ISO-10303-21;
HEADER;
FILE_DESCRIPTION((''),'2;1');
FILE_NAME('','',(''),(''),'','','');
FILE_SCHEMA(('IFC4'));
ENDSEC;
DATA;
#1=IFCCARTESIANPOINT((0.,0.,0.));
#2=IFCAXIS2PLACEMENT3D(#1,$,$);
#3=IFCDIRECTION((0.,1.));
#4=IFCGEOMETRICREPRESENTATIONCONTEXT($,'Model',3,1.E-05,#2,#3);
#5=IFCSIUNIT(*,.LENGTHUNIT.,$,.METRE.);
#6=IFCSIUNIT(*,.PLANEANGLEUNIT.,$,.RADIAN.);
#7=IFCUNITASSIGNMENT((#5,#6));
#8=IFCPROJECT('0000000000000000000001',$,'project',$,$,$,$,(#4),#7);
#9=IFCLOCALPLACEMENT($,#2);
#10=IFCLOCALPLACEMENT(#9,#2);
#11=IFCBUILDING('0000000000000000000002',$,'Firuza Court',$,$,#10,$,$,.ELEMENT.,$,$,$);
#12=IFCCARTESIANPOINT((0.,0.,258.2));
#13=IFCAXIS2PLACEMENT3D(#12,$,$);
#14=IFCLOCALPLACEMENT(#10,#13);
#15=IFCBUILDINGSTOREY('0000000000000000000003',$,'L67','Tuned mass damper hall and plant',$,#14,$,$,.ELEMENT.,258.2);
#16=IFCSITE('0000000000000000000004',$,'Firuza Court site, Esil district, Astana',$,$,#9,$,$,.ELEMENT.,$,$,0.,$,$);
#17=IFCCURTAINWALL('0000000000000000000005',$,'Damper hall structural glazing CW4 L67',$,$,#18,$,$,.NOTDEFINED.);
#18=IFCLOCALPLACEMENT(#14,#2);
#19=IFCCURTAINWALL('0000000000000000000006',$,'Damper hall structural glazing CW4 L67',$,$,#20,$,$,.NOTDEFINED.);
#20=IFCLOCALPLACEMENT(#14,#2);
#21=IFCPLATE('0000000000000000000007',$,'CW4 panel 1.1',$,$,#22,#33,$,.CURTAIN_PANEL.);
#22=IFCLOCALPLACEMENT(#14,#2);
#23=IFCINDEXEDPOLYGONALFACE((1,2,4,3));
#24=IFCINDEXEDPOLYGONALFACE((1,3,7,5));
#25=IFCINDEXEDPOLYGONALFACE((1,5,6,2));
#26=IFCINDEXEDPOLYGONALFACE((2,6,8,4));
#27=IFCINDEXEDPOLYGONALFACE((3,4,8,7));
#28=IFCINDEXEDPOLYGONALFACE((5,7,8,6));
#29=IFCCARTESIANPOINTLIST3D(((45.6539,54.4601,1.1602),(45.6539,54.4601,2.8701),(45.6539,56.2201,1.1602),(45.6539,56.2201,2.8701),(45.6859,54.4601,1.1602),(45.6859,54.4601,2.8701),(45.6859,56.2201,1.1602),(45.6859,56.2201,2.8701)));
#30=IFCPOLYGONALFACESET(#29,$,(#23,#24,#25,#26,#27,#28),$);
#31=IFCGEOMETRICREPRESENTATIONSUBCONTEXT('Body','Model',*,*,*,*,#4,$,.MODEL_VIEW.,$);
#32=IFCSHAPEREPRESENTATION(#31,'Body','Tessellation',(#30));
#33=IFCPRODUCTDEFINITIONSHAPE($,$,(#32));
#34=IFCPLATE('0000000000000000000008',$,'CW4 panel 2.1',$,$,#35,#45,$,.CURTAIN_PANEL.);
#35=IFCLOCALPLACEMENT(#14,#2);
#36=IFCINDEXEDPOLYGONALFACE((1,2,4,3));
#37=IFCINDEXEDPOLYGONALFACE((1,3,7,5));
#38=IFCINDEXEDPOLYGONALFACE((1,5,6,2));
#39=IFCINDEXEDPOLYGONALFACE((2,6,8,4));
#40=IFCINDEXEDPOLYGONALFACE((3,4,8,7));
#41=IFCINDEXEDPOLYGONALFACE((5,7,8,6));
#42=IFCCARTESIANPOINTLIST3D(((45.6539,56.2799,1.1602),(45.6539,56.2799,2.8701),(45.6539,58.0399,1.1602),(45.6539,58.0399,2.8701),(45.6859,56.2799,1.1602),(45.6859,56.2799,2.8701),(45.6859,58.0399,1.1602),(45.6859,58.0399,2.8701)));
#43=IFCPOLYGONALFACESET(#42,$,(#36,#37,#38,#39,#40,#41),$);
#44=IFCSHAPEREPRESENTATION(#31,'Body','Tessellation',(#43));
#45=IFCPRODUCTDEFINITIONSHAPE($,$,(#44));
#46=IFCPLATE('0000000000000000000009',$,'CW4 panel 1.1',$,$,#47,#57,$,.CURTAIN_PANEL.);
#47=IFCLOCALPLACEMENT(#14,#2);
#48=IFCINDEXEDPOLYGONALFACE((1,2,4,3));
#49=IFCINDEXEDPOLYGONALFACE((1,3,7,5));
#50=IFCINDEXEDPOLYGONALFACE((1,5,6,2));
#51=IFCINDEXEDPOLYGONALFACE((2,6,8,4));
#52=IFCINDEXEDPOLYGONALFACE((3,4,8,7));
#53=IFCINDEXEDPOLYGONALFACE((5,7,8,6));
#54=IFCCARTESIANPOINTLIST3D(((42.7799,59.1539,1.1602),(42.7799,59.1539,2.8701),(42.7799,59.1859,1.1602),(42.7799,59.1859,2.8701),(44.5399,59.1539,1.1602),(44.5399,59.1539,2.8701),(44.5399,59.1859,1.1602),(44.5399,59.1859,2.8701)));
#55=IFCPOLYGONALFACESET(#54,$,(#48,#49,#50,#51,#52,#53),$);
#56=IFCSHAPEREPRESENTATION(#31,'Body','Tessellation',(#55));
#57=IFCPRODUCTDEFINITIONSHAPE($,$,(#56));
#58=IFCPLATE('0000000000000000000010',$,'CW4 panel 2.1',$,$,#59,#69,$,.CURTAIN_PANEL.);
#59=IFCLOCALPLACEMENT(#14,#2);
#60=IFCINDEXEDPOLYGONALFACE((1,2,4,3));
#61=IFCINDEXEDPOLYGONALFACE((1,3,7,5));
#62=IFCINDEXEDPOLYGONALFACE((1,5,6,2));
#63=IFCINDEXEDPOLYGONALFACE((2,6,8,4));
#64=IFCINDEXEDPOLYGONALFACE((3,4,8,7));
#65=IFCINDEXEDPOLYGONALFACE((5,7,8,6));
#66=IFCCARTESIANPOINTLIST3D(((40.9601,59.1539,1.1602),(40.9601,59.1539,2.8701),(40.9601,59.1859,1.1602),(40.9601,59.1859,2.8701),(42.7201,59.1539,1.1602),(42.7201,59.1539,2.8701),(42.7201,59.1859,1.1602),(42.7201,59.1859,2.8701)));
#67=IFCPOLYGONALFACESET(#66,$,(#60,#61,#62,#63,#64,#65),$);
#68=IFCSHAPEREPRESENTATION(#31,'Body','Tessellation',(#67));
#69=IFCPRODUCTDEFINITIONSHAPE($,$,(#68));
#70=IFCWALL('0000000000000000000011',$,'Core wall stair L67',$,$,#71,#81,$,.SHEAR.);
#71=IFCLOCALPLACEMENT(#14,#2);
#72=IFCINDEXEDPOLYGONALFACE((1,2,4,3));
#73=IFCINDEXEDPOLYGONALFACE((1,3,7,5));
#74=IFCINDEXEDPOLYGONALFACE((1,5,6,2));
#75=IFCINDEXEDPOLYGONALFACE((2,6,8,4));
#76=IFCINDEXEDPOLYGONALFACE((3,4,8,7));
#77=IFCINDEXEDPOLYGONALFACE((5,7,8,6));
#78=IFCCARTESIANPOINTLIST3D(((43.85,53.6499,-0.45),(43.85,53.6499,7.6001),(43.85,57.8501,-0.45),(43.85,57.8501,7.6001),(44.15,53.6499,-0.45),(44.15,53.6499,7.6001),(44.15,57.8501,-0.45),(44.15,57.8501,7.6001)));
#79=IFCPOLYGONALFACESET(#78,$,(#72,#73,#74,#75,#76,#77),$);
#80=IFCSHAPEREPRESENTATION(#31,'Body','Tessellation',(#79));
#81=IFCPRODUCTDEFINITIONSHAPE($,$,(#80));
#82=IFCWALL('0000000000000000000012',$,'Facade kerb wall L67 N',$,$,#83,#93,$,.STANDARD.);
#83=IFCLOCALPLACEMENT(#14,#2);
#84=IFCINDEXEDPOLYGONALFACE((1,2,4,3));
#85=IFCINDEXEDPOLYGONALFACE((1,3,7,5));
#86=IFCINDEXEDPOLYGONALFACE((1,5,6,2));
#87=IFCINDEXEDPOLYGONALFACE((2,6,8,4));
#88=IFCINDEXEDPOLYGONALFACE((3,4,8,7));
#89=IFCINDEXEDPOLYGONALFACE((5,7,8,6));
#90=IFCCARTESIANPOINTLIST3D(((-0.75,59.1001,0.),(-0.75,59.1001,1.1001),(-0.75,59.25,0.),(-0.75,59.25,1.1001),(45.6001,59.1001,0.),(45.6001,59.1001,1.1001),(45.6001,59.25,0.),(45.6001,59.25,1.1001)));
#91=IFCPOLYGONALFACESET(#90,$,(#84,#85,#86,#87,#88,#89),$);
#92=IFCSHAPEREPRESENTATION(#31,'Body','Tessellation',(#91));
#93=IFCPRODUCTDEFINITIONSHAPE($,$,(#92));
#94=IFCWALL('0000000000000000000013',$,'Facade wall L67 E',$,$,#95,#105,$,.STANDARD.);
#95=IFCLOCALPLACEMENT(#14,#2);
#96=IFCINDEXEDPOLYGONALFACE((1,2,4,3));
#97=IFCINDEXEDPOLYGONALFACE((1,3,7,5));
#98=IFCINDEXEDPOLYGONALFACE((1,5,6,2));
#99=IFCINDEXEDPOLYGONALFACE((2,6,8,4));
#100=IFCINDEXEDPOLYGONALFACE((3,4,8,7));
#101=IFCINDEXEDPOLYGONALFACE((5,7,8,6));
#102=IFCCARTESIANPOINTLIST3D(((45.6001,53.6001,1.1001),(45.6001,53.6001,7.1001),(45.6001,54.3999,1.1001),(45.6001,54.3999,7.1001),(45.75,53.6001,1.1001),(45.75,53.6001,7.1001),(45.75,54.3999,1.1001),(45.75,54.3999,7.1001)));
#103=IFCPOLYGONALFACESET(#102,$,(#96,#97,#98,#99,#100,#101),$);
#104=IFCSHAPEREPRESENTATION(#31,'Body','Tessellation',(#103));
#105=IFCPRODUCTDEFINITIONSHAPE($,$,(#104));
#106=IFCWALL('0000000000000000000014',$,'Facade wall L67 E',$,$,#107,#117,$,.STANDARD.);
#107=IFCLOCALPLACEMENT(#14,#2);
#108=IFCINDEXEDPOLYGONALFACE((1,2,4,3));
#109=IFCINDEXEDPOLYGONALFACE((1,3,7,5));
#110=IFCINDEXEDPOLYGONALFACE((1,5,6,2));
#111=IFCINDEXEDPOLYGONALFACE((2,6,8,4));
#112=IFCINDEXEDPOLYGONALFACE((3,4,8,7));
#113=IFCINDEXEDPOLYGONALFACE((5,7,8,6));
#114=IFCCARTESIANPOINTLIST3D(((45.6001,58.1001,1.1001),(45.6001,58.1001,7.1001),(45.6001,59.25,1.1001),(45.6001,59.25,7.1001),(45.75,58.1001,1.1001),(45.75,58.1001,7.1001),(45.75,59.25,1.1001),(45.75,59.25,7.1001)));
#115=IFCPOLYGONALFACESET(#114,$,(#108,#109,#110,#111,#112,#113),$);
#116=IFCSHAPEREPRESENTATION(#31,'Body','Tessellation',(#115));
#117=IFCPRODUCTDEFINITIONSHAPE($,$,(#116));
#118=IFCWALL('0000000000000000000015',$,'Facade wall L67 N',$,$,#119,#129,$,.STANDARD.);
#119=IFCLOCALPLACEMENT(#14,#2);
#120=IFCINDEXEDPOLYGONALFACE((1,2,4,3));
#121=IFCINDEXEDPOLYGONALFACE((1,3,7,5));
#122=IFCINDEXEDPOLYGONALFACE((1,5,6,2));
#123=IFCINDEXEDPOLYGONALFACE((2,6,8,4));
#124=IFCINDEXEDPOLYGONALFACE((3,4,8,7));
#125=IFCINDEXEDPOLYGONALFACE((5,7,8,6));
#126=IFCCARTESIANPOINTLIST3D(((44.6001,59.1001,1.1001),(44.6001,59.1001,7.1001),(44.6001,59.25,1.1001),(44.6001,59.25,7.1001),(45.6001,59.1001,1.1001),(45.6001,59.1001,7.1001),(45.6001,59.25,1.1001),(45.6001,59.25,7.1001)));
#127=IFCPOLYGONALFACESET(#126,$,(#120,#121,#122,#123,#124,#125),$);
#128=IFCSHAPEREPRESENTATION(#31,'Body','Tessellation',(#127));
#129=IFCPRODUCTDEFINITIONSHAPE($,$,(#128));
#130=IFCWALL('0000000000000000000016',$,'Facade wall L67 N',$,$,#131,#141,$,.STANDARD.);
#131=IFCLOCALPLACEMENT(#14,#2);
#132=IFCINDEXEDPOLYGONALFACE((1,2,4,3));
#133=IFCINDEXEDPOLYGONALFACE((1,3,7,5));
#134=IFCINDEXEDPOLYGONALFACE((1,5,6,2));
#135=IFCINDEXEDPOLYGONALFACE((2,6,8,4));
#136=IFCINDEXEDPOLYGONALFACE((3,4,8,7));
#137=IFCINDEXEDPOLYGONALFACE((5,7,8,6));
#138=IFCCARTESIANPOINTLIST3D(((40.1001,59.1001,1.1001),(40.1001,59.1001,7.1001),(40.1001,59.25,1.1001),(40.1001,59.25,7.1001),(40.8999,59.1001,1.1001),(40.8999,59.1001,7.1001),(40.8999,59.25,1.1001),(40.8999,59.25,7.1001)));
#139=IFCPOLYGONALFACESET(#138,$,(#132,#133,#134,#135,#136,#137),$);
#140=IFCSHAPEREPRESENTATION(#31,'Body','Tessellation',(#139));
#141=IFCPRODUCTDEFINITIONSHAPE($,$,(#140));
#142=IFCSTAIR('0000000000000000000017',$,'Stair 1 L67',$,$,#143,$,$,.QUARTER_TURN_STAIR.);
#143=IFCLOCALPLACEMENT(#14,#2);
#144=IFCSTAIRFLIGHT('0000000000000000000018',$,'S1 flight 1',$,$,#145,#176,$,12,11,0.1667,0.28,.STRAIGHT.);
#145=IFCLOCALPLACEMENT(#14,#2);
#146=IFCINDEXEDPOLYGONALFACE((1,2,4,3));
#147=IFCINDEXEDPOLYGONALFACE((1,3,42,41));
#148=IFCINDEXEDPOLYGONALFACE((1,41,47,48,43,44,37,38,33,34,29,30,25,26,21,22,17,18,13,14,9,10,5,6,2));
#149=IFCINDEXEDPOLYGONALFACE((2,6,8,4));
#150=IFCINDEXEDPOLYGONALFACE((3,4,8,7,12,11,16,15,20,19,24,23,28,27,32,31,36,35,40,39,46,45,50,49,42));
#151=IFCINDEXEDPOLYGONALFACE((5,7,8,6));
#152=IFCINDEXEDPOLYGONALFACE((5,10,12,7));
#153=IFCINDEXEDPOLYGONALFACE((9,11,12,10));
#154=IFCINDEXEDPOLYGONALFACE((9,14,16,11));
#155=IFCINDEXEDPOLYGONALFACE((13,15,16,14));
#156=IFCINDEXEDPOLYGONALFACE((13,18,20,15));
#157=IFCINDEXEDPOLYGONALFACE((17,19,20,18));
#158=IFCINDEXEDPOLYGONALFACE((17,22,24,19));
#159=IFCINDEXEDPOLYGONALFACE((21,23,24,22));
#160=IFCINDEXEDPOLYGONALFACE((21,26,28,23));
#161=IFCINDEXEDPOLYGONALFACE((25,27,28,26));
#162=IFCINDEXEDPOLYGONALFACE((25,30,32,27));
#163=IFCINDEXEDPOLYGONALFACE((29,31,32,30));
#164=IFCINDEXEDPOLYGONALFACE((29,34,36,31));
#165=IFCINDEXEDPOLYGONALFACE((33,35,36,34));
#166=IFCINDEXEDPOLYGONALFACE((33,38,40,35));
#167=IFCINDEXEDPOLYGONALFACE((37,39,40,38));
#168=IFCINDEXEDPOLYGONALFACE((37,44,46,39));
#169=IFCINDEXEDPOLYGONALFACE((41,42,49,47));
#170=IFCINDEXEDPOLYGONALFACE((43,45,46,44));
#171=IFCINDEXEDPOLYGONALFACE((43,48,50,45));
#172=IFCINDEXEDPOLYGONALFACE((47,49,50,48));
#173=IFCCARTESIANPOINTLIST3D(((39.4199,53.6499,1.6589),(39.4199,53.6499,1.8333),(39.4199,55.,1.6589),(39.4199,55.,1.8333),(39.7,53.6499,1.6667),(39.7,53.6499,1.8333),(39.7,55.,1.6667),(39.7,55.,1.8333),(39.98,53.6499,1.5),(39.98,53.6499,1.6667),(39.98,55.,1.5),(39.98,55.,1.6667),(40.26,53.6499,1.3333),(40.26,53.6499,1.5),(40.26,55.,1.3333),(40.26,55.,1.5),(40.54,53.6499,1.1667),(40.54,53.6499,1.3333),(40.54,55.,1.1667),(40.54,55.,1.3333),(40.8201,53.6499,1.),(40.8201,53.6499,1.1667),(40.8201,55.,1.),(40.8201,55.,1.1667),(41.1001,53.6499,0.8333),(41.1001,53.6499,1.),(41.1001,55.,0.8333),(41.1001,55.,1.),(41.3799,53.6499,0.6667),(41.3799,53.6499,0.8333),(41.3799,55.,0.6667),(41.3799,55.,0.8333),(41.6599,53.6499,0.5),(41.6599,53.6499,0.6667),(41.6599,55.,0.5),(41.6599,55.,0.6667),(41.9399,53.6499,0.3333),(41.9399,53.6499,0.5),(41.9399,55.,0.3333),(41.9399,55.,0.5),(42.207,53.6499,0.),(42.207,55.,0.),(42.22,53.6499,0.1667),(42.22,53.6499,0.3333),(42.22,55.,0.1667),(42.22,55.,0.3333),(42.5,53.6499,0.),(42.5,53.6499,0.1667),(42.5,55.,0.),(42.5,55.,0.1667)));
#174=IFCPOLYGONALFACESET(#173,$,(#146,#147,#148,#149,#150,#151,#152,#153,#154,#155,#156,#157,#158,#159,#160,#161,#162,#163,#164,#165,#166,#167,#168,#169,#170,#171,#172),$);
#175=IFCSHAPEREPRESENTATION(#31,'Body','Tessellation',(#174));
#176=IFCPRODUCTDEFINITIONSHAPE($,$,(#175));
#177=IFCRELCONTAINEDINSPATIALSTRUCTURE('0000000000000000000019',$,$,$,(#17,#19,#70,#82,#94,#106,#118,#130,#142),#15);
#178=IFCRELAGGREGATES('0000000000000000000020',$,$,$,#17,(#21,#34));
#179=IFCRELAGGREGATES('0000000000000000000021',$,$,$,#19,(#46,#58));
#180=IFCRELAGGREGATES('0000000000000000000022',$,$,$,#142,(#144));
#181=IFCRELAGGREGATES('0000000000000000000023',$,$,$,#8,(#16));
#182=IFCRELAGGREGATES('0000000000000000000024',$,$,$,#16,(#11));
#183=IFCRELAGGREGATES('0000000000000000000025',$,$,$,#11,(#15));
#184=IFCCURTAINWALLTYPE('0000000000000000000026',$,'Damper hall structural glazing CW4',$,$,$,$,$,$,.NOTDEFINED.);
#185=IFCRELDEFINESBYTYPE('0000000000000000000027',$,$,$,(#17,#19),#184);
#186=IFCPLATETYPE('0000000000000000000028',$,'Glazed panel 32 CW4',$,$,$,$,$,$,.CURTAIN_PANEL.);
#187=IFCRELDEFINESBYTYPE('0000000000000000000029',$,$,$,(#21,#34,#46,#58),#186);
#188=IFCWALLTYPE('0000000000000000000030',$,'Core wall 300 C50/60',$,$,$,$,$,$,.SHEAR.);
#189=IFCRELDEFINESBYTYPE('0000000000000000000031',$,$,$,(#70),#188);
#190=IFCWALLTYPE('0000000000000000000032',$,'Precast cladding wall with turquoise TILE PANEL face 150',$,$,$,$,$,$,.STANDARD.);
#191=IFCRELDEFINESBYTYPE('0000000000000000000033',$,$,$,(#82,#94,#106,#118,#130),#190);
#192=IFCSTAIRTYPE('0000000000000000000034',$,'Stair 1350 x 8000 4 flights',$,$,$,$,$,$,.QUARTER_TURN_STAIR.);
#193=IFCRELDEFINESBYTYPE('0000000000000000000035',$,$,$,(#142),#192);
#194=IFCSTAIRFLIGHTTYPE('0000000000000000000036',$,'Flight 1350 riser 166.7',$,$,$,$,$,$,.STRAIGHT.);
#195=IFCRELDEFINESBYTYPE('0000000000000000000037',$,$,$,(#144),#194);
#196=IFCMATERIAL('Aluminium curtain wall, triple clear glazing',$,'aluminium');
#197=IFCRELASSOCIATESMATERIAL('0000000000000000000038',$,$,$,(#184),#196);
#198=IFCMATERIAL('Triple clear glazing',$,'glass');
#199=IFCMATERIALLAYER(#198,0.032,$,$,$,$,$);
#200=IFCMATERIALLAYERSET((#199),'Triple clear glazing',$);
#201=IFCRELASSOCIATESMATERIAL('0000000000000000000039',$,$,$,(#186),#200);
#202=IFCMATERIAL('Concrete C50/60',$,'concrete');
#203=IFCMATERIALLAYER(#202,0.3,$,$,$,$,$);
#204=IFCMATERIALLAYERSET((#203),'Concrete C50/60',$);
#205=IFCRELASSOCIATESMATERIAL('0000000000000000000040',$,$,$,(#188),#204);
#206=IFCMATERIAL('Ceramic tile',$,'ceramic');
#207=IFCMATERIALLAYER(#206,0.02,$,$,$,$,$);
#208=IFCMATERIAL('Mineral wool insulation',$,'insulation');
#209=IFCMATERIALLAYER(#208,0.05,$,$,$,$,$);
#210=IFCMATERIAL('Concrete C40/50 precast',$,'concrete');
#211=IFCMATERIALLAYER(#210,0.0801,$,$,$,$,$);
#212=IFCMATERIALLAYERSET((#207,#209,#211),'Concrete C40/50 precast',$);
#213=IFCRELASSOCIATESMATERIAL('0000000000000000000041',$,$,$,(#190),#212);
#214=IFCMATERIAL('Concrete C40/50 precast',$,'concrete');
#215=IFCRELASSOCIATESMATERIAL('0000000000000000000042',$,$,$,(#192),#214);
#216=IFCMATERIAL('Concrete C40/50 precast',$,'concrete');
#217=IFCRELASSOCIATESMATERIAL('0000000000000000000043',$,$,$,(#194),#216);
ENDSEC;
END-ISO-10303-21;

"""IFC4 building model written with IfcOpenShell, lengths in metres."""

from ifc_helpers import new_model, si_unit, direction, frame, frame_2d, origin, origin_2d, place, context, subcontext, project, spatial, polyline, rectangle, outline, extrude, material, layer, layer_set, type_object, element, aggregate, save


model = new_model("IFC4")

# Units and contexts
model_context = context("Model", 3, precision=1e-05, world=origin(), true_north=direction((0.0, 1.0)))
body_context = subcontext(model_context, "Body", "Model", "MODEL_VIEW")
ifc_project = project(units=[si_unit("LENGTHUNIT", "METRE"), si_unit("PLANEANGLEUNIT", "RADIAN")], contexts=[model_context])

# Site, building, storey
site_placement = place(None, origin())
site = spatial("IfcSite", under=ifc_project, at=site_placement, Name="Firuza Court site, Esil district, Astana", CompositionType="ELEMENT", RefElevation=0.0)
building_placement = place(site_placement, origin())
building = spatial("IfcBuilding", under=site, at=building_placement, Name="Firuza Court", CompositionType="ELEMENT")
storey_placement = place(building_placement, frame((0.0, 0.0, 258.2)))
storey = spatial("IfcBuildingStorey", under=building, at=storey_placement, Name="L67", Description="Tuned mass damper hall and plant", CompositionType="ELEMENT", Elevation=258.2)

# Shared definitions
ifc_material_1 = material(Name="Aluminium curtain wall, triple clear glazing", Category="aluminium")
curtain_wall_type = type_object("IfcCurtainWallType", Name="Damper hall structural glazing CW4", PredefinedType="NOTDEFINED", material=ifc_material_1)

# Curtain walls
curtain_wall_1_placement = place(storey_placement, origin())
curtain_wall_1 = element("IfcCurtainWall", 1, at=curtain_wall_1_placement, inside=storey, type_object=curtain_wall_type, Name="Damper hall structural glazing CW4 L67", PredefinedType="NOTDEFINED")
curtain_wall_2_placement = place(storey_placement, origin())
curtain_wall_2 = element("IfcCurtainWall", 2, at=curtain_wall_2_placement, inside=storey, type_object=curtain_wall_type, Name="Damper hall structural glazing CW4 L67", PredefinedType="NOTDEFINED")

# Plates
ifc_material_2 = material(Name="Triple clear glazing", Category="glass")
ifc_layer_1 = layer(ifc_material_2, 0.032)
ifc_layer_set_1 = layer_set([ifc_layer_1], Name="Triple clear glazing")
plate_type = type_object("IfcPlateType", Name="Glazed panel 32 CW4", PredefinedType="CURTAIN_PANEL", material=ifc_layer_set_1)
plate_1_placement = place(storey_placement, frame((45.6699, 55.3401, 1.1602), z_axis=(0.0, 0.0, 1.0), x_axis=(0.0, 1.0, 0.0)))
plate_1 = element("IfcPlate", 3, at=plate_1_placement, type_object=plate_type, Name="CW4 panel 1.1", PredefinedType="CURTAIN_PANEL", context=body_context, shape_type="SweptSolid", body=[
    extrude(rectangle(XDim=1.76, YDim=0.032, at=origin_2d()), origin(), (0.0, 0.0, 1.0), 1.71),
])
plate_2_placement = place(storey_placement, frame((45.6699, 57.1599, 1.1602), z_axis=(0.0, 0.0, 1.0), x_axis=(0.0, 1.0, 0.0)))
plate_2 = element("IfcPlate", 4, at=plate_2_placement, type_object=plate_type, Name="CW4 panel 2.1", PredefinedType="CURTAIN_PANEL", context=body_context, shape_type="SweptSolid", body=[
    extrude(rectangle(XDim=1.76, YDim=0.032, at=origin_2d()), origin(), (0.0, 0.0, 1.0), 1.71),
])
aggregate(curtain_wall_1, [plate_1, plate_2])
plate_3_placement = place(storey_placement, frame((43.6599, 59.1699, 1.1602), z_axis=(0.0, 0.0, 1.0), x_axis=(-1.0, 0.0, 0.0)))
plate_3 = element("IfcPlate", 5, at=plate_3_placement, type_object=plate_type, Name="CW4 panel 1.1", PredefinedType="CURTAIN_PANEL", context=body_context, shape_type="SweptSolid", body=[
    extrude(rectangle(XDim=1.76, YDim=0.032, at=origin_2d()), origin(), (0.0, 0.0, 1.0), 1.71),
])
plate_4_placement = place(storey_placement, frame((41.8401, 59.1699, 1.1602), z_axis=(0.0, 0.0, 1.0), x_axis=(-1.0, 0.0, 0.0)))
plate_4 = element("IfcPlate", 6, at=plate_4_placement, type_object=plate_type, Name="CW4 panel 2.1", PredefinedType="CURTAIN_PANEL", context=body_context, shape_type="SweptSolid", body=[
    extrude(rectangle(XDim=1.76, YDim=0.032, at=origin_2d()), origin(), (0.0, 0.0, 1.0), 1.71),
])
aggregate(curtain_wall_2, [plate_3, plate_4])

# Walls
ifc_material_3 = material(Name="Concrete C50/60", Category="concrete")
ifc_layer_2 = layer(ifc_material_3, 0.3)
ifc_layer_set_2 = layer_set([ifc_layer_2], Name="Concrete C50/60")
wall_type_1 = type_object("IfcWallType", Name="Core wall 300 C50/60", PredefinedType="SHEAR", material=ifc_layer_set_2)
wall_1_placement = place(storey_placement, frame((44.0, 53.6499, -0.45), z_axis=(0.0, 0.0, 1.0), x_axis=(0.0, 1.0, 0.0)))
element("IfcWall", 7, at=wall_1_placement, inside=storey, type_object=wall_type_1, Name="Core wall stair L67", PredefinedType="SHEAR", context=body_context, shape_type="SweptSolid", body=[
    extrude(rectangle(XDim=4.2002, YDim=0.3, at=frame_2d((2.1001, 0.0))), origin(), (0.0, 0.0, 1.0), 8.05),
])
ifc_material_4 = material(Name="Ceramic tile", Category="ceramic")
ifc_layer_3 = layer(ifc_material_4, 0.02)
ifc_material_5 = material(Name="Mineral wool insulation", Category="insulation")
ifc_layer_4 = layer(ifc_material_5, 0.05)
ifc_material_6 = material(Name="Concrete C40/50 precast", Category="concrete")
ifc_layer_5 = layer(ifc_material_6, 0.0801)
ifc_layer_set_3 = layer_set([ifc_layer_3, ifc_layer_4, ifc_layer_5], Name="Concrete C40/50 precast")
wall_type_2 = type_object("IfcWallType", Name="Precast cladding wall with turquoise TILE PANEL face 150", PredefinedType="STANDARD", material=ifc_layer_set_3)
wall_2_placement = place(storey_placement, frame((45.6001, 59.175, 0.0), z_axis=(0.0, 0.0, 1.0), x_axis=(-1.0, 0.0, 0.0)))
element("IfcWall", 8, at=wall_2_placement, inside=storey, type_object=wall_type_2, Name="Facade kerb wall L67 N", PredefinedType="STANDARD", context=body_context, shape_type="SweptSolid", body=[
    extrude(rectangle(XDim=46.3501, YDim=0.1499, at=frame_2d((23.175, 0.0))), origin(), (0.0, 0.0, 1.0), 1.1001),
])
wall_3_placement = place(storey_placement, frame((45.675, 53.6001, 1.1001), z_axis=(0.0, 0.0, 1.0), x_axis=(0.0, 1.0, 0.0)))
element("IfcWall", 9, at=wall_3_placement, inside=storey, type_object=wall_type_2, Name="Facade wall L67 E", PredefinedType="STANDARD", context=body_context, shape_type="SweptSolid", body=[
    extrude(rectangle(XDim=0.7998, YDim=0.1499, at=frame_2d((0.3999, 0.0))), origin(), (0.0, 0.0, 1.0), 6.0),
])
wall_4_placement = place(storey_placement, frame((45.675, 58.1001, 1.1001), z_axis=(0.0, 0.0, 1.0), x_axis=(0.0, 1.0, 0.0)))
element("IfcWall", 10, at=wall_4_placement, inside=storey, type_object=wall_type_2, Name="Facade wall L67 E", PredefinedType="STANDARD", context=body_context, shape_type="SweptSolid", body=[
    extrude(rectangle(XDim=1.1499, YDim=0.1499, at=frame_2d((0.575, 0.0))), origin(), (0.0, 0.0, 1.0), 6.0),
])
wall_5_placement = place(storey_placement, frame((45.6001, 59.175, 1.1001), z_axis=(0.0, 0.0, 1.0), x_axis=(-1.0, 0.0, 0.0)))
element("IfcWall", 11, at=wall_5_placement, inside=storey, type_object=wall_type_2, Name="Facade wall L67 N", PredefinedType="STANDARD", context=body_context, shape_type="SweptSolid", body=[
    extrude(rectangle(XDim=1.0, YDim=0.1499, at=frame_2d((0.5, 0.0))), origin(), (0.0, 0.0, 1.0), 6.0),
])
wall_6_placement = place(storey_placement, frame((40.8999, 59.175, 1.1001), z_axis=(0.0, 0.0, 1.0), x_axis=(-1.0, 0.0, 0.0)))
element("IfcWall", 12, at=wall_6_placement, inside=storey, type_object=wall_type_2, Name="Facade wall L67 N", PredefinedType="STANDARD", context=body_context, shape_type="SweptSolid", body=[
    extrude(rectangle(XDim=0.7998, YDim=0.1499, at=frame_2d((0.3999, 0.0))), origin(), (0.0, 0.0, 1.0), 6.0),
])

# Stair, stair flight
ifc_material_7 = material(Name="Concrete C40/50 precast", Category="concrete")
stair_type = type_object("IfcStairType", Name="Stair 1350 x 8000 4 flights", PredefinedType="QUARTER_TURN_STAIR", material=ifc_material_7)
stair_placement = place(storey_placement, origin())
stair = element("IfcStair", 13, at=stair_placement, inside=storey, type_object=stair_type, Name="Stair 1 L67", PredefinedType="QUARTER_TURN_STAIR")
ifc_material_8 = material(Name="Concrete C40/50 precast", Category="concrete")
stair_flight_type = type_object("IfcStairFlightType", Name="Flight 1350 riser 166.7", PredefinedType="STRAIGHT", material=ifc_material_8)
stair_flight_placement = place(storey_placement, frame((42.5, 54.325, 0.0), z_axis=(0.0, 0.0, 1.0), x_axis=(-1.0, 0.0, 0.0)))
stair_flight = element("IfcStairFlight", 14, at=stair_flight_placement, type_object=stair_flight_type, Name="S1 flight 1", NumberOfRisers=12, NumberOfTreads=11, PredefinedType="STRAIGHT", RiserHeight=0.1667, TreadLength=0.28, context=body_context, shape_type="SweptSolid", body=[
    extrude(outline(polyline([(0.0, 0.0), (0.0, 0.1667), (0.28, 0.1667), (0.28, 0.3333), (0.5601, 0.3333), (0.5601, 0.5), (0.8401, 0.5), (0.8401, 0.6667), (1.1201, 0.6667), (1.1201, 0.8333), (1.3999, 0.8333), (1.3999, 1.0), (1.6799, 1.0), (1.6799, 1.1667), (1.96, 1.1667), (1.96, 1.3333), (2.24, 1.3333), (2.24, 1.5), (2.52, 1.5), (2.52, 1.6667), (2.8, 1.6667), (2.8, 1.8333), (3.0801, 1.8333), (3.0801, 2.0), (3.0801, 1.6589), (0.293, 0.0), (0.0, 0.0)])), frame((0.0, 0.675, 0.0), z_axis=(0.0, -1.0, 0.0), x_axis=(1.0, 0.0, 0.0)), (0.0, 0.0, 1.0), 1.3501),
])
aggregate(stair, [stair_flight])

save(model, "model.ifc")
